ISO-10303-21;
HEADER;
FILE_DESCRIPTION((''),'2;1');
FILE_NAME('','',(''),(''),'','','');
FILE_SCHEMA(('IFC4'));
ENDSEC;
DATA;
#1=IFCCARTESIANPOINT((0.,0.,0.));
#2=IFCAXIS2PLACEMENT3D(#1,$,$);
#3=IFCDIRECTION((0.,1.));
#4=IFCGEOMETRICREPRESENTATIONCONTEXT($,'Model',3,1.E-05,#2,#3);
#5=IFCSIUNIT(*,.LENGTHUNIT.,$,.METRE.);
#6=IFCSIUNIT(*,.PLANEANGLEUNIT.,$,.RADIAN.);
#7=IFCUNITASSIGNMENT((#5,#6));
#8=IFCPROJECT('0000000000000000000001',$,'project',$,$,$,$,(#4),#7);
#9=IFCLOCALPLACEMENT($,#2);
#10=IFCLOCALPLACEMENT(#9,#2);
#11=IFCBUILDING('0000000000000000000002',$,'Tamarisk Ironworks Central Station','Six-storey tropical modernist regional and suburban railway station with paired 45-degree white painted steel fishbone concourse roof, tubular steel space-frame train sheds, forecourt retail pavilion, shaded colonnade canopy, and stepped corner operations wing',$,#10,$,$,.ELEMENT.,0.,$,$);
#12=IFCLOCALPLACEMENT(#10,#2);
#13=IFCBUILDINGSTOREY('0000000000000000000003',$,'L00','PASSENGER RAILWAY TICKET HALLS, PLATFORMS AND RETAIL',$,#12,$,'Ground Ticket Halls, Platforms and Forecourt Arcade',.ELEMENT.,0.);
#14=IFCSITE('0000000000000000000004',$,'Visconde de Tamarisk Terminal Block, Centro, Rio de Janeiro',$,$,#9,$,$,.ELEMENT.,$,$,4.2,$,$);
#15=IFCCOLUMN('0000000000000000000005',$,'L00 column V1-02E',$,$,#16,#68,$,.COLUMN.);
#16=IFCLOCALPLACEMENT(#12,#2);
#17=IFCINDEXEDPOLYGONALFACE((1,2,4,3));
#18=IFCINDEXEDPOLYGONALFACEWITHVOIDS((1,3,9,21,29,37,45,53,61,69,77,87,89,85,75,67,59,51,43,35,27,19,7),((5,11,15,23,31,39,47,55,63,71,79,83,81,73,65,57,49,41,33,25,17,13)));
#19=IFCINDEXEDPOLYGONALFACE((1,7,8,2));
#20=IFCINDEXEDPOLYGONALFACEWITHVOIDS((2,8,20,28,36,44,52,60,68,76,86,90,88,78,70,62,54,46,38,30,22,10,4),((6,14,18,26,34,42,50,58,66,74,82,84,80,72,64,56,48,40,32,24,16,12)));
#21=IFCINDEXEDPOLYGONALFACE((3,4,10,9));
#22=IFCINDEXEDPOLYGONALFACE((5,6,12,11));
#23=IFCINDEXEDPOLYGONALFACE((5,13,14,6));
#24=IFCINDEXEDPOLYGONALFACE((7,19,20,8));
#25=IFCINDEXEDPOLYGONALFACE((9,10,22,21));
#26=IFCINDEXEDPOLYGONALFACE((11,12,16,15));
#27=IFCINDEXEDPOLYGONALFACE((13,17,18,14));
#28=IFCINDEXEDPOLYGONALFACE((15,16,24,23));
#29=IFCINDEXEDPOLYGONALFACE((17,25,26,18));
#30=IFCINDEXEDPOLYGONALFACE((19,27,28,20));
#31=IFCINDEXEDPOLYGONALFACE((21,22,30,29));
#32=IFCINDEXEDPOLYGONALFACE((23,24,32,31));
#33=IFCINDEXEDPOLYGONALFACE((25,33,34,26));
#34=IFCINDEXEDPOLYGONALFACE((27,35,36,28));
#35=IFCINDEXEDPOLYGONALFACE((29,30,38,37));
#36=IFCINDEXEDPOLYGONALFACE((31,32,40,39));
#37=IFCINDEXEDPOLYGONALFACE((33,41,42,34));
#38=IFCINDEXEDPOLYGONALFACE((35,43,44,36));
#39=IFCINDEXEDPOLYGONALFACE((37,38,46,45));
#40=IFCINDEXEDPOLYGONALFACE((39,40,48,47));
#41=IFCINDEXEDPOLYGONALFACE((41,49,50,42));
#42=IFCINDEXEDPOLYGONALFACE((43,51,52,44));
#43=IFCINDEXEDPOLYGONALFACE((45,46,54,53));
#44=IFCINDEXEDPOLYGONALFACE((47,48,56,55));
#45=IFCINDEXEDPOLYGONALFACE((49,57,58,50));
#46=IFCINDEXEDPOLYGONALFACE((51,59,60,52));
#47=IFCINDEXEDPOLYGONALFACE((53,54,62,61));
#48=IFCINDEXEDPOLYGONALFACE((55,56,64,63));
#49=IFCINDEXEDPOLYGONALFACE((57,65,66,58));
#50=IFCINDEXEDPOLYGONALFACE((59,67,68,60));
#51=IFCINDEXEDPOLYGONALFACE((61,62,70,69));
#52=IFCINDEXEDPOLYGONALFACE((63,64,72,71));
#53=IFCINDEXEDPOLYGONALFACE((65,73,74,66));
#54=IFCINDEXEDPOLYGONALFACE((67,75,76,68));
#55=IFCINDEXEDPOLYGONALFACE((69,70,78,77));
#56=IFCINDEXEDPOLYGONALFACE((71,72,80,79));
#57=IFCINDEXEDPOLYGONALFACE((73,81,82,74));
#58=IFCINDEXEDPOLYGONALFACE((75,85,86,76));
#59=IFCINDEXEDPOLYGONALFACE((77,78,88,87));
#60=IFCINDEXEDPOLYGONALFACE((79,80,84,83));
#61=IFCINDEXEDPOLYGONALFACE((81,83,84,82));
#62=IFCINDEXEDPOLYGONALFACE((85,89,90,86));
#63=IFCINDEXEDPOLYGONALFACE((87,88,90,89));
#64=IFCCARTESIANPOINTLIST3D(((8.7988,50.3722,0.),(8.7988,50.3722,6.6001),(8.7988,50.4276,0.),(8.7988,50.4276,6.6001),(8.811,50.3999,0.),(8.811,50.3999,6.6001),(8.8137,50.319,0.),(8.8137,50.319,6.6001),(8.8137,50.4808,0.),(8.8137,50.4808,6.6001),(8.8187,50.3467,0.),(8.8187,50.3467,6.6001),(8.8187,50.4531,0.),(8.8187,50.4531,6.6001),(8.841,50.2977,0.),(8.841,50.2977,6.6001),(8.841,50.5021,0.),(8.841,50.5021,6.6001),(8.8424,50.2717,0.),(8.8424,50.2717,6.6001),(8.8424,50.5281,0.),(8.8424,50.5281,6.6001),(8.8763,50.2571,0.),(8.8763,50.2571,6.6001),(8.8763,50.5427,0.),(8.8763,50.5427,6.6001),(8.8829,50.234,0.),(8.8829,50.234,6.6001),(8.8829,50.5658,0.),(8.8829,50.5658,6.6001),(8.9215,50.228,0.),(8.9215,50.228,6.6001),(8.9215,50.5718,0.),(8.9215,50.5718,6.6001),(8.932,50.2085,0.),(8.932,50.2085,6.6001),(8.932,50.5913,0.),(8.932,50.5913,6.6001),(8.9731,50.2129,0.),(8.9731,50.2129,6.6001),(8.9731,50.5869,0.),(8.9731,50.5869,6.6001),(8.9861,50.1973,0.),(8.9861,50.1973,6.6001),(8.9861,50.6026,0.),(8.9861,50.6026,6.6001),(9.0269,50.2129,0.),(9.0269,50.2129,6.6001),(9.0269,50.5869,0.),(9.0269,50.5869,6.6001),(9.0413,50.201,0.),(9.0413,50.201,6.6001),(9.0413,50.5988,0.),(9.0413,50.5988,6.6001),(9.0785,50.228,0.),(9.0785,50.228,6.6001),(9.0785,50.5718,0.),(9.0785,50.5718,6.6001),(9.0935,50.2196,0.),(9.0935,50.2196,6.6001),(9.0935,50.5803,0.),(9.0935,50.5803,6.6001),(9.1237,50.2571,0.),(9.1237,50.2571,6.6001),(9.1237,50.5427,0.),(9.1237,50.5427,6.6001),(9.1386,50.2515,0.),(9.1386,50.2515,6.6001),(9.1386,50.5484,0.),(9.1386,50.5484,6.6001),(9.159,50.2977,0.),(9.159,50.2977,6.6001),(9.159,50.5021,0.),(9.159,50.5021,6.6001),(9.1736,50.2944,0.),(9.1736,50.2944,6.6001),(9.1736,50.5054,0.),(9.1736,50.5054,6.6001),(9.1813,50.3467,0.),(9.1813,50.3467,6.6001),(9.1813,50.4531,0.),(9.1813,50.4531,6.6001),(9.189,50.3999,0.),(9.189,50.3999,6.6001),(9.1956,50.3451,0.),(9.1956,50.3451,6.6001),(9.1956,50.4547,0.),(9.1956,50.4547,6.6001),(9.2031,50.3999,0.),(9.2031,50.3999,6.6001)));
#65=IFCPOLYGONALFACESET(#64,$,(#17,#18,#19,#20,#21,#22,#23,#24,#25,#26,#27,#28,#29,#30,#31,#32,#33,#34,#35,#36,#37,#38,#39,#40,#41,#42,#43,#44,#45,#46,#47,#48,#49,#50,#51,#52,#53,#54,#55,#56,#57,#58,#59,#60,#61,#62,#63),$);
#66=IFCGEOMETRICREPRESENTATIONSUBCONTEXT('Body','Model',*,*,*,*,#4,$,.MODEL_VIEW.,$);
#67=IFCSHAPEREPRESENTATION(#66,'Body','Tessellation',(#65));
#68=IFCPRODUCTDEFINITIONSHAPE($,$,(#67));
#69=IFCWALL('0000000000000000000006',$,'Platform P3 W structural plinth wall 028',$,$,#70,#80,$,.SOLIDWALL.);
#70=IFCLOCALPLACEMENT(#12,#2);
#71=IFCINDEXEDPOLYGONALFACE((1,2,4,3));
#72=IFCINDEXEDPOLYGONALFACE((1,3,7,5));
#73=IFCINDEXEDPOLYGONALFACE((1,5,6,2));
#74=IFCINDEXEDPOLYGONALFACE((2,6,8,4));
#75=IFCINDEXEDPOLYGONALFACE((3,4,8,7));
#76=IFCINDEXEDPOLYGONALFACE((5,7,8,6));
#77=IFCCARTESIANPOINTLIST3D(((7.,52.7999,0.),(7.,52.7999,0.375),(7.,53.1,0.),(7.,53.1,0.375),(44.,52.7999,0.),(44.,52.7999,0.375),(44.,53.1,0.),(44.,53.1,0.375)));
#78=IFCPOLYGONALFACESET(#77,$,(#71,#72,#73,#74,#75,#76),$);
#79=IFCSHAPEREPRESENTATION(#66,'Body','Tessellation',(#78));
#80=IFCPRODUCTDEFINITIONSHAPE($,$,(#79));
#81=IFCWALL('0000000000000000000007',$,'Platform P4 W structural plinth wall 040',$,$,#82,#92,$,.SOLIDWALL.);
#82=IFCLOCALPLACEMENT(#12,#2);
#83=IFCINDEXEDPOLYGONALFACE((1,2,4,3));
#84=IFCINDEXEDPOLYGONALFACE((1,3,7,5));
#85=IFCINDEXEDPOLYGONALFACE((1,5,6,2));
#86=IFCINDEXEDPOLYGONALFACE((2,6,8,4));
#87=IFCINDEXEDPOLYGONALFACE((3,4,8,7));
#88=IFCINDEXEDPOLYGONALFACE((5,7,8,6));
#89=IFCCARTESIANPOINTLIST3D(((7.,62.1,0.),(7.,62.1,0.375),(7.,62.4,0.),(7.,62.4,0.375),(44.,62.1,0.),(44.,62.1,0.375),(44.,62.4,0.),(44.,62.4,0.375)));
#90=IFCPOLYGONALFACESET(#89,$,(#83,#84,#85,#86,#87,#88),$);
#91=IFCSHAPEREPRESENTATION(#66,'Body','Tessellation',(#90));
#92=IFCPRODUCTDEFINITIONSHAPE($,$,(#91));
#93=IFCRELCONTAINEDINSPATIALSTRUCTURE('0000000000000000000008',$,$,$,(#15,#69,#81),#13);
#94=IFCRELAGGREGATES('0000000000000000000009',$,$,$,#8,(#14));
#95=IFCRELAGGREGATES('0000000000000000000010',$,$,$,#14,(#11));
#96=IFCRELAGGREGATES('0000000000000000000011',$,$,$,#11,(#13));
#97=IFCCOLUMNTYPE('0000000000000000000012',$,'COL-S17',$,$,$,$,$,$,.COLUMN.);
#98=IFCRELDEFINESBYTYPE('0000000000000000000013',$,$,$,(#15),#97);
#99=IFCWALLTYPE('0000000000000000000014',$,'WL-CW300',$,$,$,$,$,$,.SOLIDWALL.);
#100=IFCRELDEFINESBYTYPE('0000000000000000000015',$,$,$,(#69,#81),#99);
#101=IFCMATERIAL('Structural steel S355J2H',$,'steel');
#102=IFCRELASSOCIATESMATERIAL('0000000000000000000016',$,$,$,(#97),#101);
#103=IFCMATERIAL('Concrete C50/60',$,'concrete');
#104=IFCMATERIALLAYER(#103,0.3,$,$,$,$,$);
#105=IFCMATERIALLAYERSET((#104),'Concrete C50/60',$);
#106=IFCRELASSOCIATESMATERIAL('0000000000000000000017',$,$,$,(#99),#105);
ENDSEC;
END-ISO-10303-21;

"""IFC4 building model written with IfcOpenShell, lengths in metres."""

from ifc_helpers import new_model, si_unit, direction, frame, frame_2d, origin, origin_2d, place, context, subcontext, project, spatial, rectangle, hollow_circle, extrude, material, layer, layer_set, material_profile, profile_set, type_object, element, save


model = new_model("IFC4")

# Units and contexts
model_context = context("Model", 3, precision=1e-05, world=origin(), true_north=direction((0.0, 1.0)))
body_context = subcontext(model_context, "Body", "Model", "MODEL_VIEW")
ifc_project = project(units=[si_unit("LENGTHUNIT", "METRE"), si_unit("PLANEANGLEUNIT", "RADIAN")], contexts=[model_context])

# Site, building, storey
site_placement = place(None, origin())
site = spatial("IfcSite", under=ifc_project, at=site_placement, Name="Visconde de Tamarisk Terminal Block, Centro, Rio de Janeiro", CompositionType="ELEMENT", RefElevation=4.2)
building_placement = place(site_placement, origin())
building = spatial("IfcBuilding", under=site, at=building_placement, Name="Tamarisk Ironworks Central Station", Description="Six-storey tropical modernist regional and suburban railway station with paired 45-degree white painted steel fishbone concourse roof, tubular steel space-frame train sheds, forecourt retail pavilion, shaded colonnade canopy, and stepped corner operations wing", CompositionType="ELEMENT", ElevationOfRefHeight=0.0)
storey_placement = place(building_placement, origin())
storey = spatial("IfcBuildingStorey", under=building, at=storey_placement, Name="L00", Description="PASSENGER RAILWAY TICKET HALLS, PLATFORMS AND RETAIL", LongName="Ground Ticket Halls, Platforms and Forecourt Arcade", CompositionType="ELEMENT", Elevation=0.0)

# Column
ifc_material_1 = material(Name="Structural steel S355J2H", Category="steel")
ifc_material_profile_1 = material_profile(ifc_material_1, hollow_circle(Radius=0.2031, WallThickness=0.0142, at=origin_2d()), Name="CHS 406.4x14.2")
ifc_profile_set_1 = profile_set([ifc_material_profile_1], Name="Structural steel S355J2H")
column_type_1 = type_object("IfcColumnType", Name="COL-S17", PredefinedType="COLUMN", material=ifc_profile_set_1)
column_1_placement = place(storey_placement, frame((9.0, 50.3999, 0.0), z_axis=(0.0, 0.0, 1.0), x_axis=(1.0, 0.0, 0.0)))
element("IfcColumn", 1, at=column_1_placement, inside=storey, type_object=column_type_1, Name="L00 column V1-02E", PredefinedType="COLUMN", context=body_context, shape_type="SweptSolid", body=[
    extrude(hollow_circle(Radius=0.2031, WallThickness=0.0142, at=origin_2d()), origin(), (0.0, 0.0, 1.0), 6.6001),
])

# Walls
ifc_material_2 = material(Name="Concrete C50/60", Category="concrete")
ifc_layer = layer(ifc_material_2, 0.3)
ifc_layer_set = layer_set([ifc_layer], Name="Concrete C50/60")
wall_type = type_object("IfcWallType", Name="WL-CW300", PredefinedType="SOLIDWALL", material=ifc_layer_set)
for number, where, z_axis, x_axis, name in (
    (2, (7.0, 52.95, 0.0), (0.0, 0.0, 1.0), (1.0, 0.0, 0.0), "Platform P3 W structural plinth wall 028"),
    (3, (7.0, 62.25, 0.0), (0.0, 0.0, 1.0), (1.0, 0.0, 0.0), "Platform P4 W structural plinth wall 040"),
):
    element("IfcWall", number, at=place(storey_placement, frame(where, z_axis=z_axis, x_axis=x_axis)), inside=storey, type_object=wall_type, Name=name, PredefinedType="SOLIDWALL", context=body_context, shape_type="SweptSolid", body=[
        extrude(rectangle(XDim=37.0, YDim=0.3, at=frame_2d((18.5, 0.0))), origin(), (0.0, 0.0, 1.0), 0.375),
    ])

save(model, "model.ifc")
